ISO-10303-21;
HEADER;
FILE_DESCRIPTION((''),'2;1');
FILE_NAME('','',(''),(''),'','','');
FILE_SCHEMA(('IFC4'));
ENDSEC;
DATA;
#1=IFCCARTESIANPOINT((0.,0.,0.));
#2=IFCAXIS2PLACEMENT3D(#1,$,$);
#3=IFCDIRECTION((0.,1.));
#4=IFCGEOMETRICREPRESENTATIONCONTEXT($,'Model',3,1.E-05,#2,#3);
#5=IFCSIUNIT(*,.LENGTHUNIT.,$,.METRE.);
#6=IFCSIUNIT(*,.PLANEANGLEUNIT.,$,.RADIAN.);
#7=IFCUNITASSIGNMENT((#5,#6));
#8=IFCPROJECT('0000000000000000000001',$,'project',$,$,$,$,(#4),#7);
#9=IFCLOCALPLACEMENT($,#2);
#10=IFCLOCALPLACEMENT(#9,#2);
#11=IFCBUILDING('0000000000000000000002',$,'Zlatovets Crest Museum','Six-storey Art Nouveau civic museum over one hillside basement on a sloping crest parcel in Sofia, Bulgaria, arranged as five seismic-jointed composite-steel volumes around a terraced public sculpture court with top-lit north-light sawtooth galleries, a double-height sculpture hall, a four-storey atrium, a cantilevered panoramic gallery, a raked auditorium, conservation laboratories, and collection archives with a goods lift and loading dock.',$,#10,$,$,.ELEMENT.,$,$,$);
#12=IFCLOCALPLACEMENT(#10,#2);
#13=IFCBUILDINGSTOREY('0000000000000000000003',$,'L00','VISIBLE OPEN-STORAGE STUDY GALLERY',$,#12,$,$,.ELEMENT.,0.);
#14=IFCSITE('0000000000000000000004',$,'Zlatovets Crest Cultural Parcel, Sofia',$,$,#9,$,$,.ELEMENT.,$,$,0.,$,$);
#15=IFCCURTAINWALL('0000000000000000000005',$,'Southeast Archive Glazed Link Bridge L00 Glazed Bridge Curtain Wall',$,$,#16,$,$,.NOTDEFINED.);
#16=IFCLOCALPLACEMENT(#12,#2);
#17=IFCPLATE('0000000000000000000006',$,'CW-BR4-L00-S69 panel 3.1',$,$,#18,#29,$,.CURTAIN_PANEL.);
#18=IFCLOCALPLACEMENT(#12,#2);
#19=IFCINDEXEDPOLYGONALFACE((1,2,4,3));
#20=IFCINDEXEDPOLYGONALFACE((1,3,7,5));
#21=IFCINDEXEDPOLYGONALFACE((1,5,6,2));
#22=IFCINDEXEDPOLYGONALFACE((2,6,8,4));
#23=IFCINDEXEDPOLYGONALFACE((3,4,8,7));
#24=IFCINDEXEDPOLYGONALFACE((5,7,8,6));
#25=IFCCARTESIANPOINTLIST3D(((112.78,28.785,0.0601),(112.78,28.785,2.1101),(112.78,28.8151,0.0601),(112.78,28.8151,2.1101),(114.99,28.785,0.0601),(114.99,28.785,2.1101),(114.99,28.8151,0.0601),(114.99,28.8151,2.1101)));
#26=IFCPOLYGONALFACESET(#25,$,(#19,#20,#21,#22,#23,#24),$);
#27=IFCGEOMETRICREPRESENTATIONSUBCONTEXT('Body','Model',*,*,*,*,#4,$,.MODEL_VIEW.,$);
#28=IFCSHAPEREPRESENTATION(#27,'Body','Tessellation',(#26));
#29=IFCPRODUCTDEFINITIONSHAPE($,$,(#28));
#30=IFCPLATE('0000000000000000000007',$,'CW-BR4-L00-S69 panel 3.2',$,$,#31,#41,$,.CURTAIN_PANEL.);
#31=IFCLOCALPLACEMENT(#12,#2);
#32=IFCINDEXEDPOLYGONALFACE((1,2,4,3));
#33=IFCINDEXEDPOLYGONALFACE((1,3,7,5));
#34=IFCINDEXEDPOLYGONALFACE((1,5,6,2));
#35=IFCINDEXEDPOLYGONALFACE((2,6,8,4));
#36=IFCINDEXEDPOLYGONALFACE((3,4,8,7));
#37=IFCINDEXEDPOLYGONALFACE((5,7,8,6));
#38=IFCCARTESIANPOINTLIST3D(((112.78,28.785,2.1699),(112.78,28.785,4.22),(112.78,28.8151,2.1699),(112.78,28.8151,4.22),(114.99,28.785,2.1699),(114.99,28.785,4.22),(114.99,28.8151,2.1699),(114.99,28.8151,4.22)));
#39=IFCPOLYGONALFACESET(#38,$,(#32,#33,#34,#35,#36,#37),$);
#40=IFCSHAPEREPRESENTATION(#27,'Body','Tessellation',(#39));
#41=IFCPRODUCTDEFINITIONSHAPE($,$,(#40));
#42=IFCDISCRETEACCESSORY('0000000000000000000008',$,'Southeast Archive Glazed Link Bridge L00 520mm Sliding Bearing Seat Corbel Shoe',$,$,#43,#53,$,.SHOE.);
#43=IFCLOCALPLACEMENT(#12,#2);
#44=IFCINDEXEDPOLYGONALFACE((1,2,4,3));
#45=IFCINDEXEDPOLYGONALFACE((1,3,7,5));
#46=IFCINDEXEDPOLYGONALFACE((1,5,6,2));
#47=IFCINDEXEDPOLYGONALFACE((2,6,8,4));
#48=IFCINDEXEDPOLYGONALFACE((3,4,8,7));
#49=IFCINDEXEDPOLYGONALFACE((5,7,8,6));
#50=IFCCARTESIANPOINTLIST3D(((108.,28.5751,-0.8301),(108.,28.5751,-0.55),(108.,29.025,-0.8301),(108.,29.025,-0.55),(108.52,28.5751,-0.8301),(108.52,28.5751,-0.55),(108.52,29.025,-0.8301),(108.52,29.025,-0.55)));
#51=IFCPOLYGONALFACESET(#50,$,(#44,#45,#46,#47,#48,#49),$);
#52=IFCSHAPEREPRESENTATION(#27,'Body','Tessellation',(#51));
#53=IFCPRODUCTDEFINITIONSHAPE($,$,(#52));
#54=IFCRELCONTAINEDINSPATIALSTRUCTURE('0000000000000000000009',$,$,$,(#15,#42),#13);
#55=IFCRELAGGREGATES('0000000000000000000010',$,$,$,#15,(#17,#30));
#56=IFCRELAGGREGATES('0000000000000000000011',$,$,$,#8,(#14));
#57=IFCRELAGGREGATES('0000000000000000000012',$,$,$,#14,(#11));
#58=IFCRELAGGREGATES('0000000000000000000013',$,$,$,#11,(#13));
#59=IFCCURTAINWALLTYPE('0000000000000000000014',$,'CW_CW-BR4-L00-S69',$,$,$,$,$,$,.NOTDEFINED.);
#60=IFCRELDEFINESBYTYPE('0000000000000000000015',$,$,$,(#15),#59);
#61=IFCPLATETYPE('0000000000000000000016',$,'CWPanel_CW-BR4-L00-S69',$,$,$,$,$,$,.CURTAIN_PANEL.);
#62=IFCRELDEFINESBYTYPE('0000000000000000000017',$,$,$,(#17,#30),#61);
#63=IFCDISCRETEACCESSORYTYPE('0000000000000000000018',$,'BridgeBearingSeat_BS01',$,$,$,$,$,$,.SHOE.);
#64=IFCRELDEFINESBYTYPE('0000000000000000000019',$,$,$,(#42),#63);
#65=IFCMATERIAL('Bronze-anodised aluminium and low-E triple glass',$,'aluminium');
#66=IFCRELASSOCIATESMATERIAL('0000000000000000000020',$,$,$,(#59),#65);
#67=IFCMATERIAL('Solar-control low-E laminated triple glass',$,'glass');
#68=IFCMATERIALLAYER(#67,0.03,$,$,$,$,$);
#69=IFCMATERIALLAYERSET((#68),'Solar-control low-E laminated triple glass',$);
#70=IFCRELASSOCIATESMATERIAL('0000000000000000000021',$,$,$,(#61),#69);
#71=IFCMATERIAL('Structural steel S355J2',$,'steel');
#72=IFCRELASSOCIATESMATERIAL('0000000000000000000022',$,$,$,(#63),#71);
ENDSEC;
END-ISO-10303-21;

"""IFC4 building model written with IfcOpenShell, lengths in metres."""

from ifc_helpers import new_model, si_unit, direction, frame, origin, origin_2d, place, context, subcontext, project, spatial, rectangle, extrude, material, layer, layer_set, type_object, element, aggregate, save


model = new_model("IFC4")

# Units and contexts
model_context = context("Model", 3, precision=1e-05, world=origin(), true_north=direction((0.0, 1.0)))
body_context = subcontext(model_context, "Body", "Model", "MODEL_VIEW")
ifc_project = project(units=[si_unit("LENGTHUNIT", "METRE"), si_unit("PLANEANGLEUNIT", "RADIAN")], contexts=[model_context])

# Site, building, storey
site_placement = place(None, origin())
site = spatial("IfcSite", under=ifc_project, at=site_placement, Name="Zlatovets Crest Cultural Parcel, Sofia", CompositionType="ELEMENT", RefElevation=0.0)
building_placement = place(site_placement, origin())
building = spatial("IfcBuilding", under=site, at=building_placement, Name="Zlatovets Crest Museum", Description="Six-storey Art Nouveau civic museum over one hillside basement on a sloping crest parcel in Sofia, Bulgaria, arranged as five seismic-jointed composite-steel volumes around a terraced public sculpture court with top-lit north-light sawtooth galleries, a double-height sculpture hall, a four-storey atrium, a cantilevered panoramic gallery, a raked auditorium, conservation laboratories, and collection archives with a goods lift and loading dock.", CompositionType="ELEMENT")
storey_placement = place(building_placement, origin())
storey = spatial("IfcBuildingStorey", under=building, at=storey_placement, Name="L00", Description="VISIBLE OPEN-STORAGE STUDY GALLERY", CompositionType="ELEMENT", Elevation=0.0)

# Curtain wall, plates
ifc_material_1 = material(Name="Bronze-anodised aluminium and low-E triple glass", Category="aluminium")
curtain_wall_type = type_object("IfcCurtainWallType", Name="CW_CW-BR4-L00-S69", PredefinedType="NOTDEFINED", material=ifc_material_1)
curtain_wall_placement = place(storey_placement, origin())
curtain_wall = element("IfcCurtainWall", 1, at=curtain_wall_placement, inside=storey, type_object=curtain_wall_type, Name="Southeast Archive Glazed Link Bridge L00 Glazed Bridge Curtain Wall", PredefinedType="NOTDEFINED")
ifc_material_2 = material(Name="Solar-control low-E laminated triple glass", Category="glass")
ifc_layer = layer(ifc_material_2, 0.03)
ifc_layer_set = layer_set([ifc_layer], Name="Solar-control low-E laminated triple glass")
plate_type = type_object("IfcPlateType", Name="CWPanel_CW-BR4-L00-S69", PredefinedType="CURTAIN_PANEL", material=ifc_layer_set)
plate_1_placement = place(storey_placement, frame((113.885, 28.8, 0.0601), z_axis=(0.0, 0.0, 1.0), x_axis=(1.0, 0.0, 0.0)))
plate_1 = element("IfcPlate", 2, at=plate_1_placement, type_object=plate_type, Name="CW-BR4-L00-S69 panel 3.1", PredefinedType="CURTAIN_PANEL", context=body_context, shape_type="SweptSolid", body=[
    extrude(rectangle(XDim=2.21, YDim=0.03, at=origin_2d()), origin(), (0.0, 0.0, 1.0), 2.05),
])
plate_2_placement = place(storey_placement, frame((113.885, 28.8, 2.1699), z_axis=(0.0, 0.0, 1.0), x_axis=(1.0, 0.0, 0.0)))
plate_2 = element("IfcPlate", 3, at=plate_2_placement, type_object=plate_type, Name="CW-BR4-L00-S69 panel 3.2", PredefinedType="CURTAIN_PANEL", context=body_context, shape_type="SweptSolid", body=[
    extrude(rectangle(XDim=2.21, YDim=0.03, at=origin_2d()), origin(), (0.0, 0.0, 1.0), 2.05),
])
aggregate(curtain_wall, [plate_1, plate_2])

# Discrete accessory
ifc_material_3 = material(Name="Structural steel S355J2", Category="steel")
discrete_accessory_type = type_object("IfcDiscreteAccessoryType", Name="BridgeBearingSeat_BS01", PredefinedType="SHOE", material=ifc_material_3)
discrete_accessory_placement = place(storey_placement, frame((108.26, 28.8, -0.8301), z_axis=(0.0, 0.0, 1.0), x_axis=(1.0, 0.0, 0.0)))
element("IfcDiscreteAccessory", 4, at=discrete_accessory_placement, inside=storey, type_object=discrete_accessory_type, Name="Southeast Archive Glazed Link Bridge L00 520mm Sliding Bearing Seat Corbel Shoe", PredefinedType="SHOE", context=body_context, shape_type="SweptSolid", body=[
    extrude(rectangle(XDim=0.52, YDim=0.45, at=origin_2d()), origin(), (0.0, 0.0, 1.0), 0.28),
])

save(model, "model.ifc")
